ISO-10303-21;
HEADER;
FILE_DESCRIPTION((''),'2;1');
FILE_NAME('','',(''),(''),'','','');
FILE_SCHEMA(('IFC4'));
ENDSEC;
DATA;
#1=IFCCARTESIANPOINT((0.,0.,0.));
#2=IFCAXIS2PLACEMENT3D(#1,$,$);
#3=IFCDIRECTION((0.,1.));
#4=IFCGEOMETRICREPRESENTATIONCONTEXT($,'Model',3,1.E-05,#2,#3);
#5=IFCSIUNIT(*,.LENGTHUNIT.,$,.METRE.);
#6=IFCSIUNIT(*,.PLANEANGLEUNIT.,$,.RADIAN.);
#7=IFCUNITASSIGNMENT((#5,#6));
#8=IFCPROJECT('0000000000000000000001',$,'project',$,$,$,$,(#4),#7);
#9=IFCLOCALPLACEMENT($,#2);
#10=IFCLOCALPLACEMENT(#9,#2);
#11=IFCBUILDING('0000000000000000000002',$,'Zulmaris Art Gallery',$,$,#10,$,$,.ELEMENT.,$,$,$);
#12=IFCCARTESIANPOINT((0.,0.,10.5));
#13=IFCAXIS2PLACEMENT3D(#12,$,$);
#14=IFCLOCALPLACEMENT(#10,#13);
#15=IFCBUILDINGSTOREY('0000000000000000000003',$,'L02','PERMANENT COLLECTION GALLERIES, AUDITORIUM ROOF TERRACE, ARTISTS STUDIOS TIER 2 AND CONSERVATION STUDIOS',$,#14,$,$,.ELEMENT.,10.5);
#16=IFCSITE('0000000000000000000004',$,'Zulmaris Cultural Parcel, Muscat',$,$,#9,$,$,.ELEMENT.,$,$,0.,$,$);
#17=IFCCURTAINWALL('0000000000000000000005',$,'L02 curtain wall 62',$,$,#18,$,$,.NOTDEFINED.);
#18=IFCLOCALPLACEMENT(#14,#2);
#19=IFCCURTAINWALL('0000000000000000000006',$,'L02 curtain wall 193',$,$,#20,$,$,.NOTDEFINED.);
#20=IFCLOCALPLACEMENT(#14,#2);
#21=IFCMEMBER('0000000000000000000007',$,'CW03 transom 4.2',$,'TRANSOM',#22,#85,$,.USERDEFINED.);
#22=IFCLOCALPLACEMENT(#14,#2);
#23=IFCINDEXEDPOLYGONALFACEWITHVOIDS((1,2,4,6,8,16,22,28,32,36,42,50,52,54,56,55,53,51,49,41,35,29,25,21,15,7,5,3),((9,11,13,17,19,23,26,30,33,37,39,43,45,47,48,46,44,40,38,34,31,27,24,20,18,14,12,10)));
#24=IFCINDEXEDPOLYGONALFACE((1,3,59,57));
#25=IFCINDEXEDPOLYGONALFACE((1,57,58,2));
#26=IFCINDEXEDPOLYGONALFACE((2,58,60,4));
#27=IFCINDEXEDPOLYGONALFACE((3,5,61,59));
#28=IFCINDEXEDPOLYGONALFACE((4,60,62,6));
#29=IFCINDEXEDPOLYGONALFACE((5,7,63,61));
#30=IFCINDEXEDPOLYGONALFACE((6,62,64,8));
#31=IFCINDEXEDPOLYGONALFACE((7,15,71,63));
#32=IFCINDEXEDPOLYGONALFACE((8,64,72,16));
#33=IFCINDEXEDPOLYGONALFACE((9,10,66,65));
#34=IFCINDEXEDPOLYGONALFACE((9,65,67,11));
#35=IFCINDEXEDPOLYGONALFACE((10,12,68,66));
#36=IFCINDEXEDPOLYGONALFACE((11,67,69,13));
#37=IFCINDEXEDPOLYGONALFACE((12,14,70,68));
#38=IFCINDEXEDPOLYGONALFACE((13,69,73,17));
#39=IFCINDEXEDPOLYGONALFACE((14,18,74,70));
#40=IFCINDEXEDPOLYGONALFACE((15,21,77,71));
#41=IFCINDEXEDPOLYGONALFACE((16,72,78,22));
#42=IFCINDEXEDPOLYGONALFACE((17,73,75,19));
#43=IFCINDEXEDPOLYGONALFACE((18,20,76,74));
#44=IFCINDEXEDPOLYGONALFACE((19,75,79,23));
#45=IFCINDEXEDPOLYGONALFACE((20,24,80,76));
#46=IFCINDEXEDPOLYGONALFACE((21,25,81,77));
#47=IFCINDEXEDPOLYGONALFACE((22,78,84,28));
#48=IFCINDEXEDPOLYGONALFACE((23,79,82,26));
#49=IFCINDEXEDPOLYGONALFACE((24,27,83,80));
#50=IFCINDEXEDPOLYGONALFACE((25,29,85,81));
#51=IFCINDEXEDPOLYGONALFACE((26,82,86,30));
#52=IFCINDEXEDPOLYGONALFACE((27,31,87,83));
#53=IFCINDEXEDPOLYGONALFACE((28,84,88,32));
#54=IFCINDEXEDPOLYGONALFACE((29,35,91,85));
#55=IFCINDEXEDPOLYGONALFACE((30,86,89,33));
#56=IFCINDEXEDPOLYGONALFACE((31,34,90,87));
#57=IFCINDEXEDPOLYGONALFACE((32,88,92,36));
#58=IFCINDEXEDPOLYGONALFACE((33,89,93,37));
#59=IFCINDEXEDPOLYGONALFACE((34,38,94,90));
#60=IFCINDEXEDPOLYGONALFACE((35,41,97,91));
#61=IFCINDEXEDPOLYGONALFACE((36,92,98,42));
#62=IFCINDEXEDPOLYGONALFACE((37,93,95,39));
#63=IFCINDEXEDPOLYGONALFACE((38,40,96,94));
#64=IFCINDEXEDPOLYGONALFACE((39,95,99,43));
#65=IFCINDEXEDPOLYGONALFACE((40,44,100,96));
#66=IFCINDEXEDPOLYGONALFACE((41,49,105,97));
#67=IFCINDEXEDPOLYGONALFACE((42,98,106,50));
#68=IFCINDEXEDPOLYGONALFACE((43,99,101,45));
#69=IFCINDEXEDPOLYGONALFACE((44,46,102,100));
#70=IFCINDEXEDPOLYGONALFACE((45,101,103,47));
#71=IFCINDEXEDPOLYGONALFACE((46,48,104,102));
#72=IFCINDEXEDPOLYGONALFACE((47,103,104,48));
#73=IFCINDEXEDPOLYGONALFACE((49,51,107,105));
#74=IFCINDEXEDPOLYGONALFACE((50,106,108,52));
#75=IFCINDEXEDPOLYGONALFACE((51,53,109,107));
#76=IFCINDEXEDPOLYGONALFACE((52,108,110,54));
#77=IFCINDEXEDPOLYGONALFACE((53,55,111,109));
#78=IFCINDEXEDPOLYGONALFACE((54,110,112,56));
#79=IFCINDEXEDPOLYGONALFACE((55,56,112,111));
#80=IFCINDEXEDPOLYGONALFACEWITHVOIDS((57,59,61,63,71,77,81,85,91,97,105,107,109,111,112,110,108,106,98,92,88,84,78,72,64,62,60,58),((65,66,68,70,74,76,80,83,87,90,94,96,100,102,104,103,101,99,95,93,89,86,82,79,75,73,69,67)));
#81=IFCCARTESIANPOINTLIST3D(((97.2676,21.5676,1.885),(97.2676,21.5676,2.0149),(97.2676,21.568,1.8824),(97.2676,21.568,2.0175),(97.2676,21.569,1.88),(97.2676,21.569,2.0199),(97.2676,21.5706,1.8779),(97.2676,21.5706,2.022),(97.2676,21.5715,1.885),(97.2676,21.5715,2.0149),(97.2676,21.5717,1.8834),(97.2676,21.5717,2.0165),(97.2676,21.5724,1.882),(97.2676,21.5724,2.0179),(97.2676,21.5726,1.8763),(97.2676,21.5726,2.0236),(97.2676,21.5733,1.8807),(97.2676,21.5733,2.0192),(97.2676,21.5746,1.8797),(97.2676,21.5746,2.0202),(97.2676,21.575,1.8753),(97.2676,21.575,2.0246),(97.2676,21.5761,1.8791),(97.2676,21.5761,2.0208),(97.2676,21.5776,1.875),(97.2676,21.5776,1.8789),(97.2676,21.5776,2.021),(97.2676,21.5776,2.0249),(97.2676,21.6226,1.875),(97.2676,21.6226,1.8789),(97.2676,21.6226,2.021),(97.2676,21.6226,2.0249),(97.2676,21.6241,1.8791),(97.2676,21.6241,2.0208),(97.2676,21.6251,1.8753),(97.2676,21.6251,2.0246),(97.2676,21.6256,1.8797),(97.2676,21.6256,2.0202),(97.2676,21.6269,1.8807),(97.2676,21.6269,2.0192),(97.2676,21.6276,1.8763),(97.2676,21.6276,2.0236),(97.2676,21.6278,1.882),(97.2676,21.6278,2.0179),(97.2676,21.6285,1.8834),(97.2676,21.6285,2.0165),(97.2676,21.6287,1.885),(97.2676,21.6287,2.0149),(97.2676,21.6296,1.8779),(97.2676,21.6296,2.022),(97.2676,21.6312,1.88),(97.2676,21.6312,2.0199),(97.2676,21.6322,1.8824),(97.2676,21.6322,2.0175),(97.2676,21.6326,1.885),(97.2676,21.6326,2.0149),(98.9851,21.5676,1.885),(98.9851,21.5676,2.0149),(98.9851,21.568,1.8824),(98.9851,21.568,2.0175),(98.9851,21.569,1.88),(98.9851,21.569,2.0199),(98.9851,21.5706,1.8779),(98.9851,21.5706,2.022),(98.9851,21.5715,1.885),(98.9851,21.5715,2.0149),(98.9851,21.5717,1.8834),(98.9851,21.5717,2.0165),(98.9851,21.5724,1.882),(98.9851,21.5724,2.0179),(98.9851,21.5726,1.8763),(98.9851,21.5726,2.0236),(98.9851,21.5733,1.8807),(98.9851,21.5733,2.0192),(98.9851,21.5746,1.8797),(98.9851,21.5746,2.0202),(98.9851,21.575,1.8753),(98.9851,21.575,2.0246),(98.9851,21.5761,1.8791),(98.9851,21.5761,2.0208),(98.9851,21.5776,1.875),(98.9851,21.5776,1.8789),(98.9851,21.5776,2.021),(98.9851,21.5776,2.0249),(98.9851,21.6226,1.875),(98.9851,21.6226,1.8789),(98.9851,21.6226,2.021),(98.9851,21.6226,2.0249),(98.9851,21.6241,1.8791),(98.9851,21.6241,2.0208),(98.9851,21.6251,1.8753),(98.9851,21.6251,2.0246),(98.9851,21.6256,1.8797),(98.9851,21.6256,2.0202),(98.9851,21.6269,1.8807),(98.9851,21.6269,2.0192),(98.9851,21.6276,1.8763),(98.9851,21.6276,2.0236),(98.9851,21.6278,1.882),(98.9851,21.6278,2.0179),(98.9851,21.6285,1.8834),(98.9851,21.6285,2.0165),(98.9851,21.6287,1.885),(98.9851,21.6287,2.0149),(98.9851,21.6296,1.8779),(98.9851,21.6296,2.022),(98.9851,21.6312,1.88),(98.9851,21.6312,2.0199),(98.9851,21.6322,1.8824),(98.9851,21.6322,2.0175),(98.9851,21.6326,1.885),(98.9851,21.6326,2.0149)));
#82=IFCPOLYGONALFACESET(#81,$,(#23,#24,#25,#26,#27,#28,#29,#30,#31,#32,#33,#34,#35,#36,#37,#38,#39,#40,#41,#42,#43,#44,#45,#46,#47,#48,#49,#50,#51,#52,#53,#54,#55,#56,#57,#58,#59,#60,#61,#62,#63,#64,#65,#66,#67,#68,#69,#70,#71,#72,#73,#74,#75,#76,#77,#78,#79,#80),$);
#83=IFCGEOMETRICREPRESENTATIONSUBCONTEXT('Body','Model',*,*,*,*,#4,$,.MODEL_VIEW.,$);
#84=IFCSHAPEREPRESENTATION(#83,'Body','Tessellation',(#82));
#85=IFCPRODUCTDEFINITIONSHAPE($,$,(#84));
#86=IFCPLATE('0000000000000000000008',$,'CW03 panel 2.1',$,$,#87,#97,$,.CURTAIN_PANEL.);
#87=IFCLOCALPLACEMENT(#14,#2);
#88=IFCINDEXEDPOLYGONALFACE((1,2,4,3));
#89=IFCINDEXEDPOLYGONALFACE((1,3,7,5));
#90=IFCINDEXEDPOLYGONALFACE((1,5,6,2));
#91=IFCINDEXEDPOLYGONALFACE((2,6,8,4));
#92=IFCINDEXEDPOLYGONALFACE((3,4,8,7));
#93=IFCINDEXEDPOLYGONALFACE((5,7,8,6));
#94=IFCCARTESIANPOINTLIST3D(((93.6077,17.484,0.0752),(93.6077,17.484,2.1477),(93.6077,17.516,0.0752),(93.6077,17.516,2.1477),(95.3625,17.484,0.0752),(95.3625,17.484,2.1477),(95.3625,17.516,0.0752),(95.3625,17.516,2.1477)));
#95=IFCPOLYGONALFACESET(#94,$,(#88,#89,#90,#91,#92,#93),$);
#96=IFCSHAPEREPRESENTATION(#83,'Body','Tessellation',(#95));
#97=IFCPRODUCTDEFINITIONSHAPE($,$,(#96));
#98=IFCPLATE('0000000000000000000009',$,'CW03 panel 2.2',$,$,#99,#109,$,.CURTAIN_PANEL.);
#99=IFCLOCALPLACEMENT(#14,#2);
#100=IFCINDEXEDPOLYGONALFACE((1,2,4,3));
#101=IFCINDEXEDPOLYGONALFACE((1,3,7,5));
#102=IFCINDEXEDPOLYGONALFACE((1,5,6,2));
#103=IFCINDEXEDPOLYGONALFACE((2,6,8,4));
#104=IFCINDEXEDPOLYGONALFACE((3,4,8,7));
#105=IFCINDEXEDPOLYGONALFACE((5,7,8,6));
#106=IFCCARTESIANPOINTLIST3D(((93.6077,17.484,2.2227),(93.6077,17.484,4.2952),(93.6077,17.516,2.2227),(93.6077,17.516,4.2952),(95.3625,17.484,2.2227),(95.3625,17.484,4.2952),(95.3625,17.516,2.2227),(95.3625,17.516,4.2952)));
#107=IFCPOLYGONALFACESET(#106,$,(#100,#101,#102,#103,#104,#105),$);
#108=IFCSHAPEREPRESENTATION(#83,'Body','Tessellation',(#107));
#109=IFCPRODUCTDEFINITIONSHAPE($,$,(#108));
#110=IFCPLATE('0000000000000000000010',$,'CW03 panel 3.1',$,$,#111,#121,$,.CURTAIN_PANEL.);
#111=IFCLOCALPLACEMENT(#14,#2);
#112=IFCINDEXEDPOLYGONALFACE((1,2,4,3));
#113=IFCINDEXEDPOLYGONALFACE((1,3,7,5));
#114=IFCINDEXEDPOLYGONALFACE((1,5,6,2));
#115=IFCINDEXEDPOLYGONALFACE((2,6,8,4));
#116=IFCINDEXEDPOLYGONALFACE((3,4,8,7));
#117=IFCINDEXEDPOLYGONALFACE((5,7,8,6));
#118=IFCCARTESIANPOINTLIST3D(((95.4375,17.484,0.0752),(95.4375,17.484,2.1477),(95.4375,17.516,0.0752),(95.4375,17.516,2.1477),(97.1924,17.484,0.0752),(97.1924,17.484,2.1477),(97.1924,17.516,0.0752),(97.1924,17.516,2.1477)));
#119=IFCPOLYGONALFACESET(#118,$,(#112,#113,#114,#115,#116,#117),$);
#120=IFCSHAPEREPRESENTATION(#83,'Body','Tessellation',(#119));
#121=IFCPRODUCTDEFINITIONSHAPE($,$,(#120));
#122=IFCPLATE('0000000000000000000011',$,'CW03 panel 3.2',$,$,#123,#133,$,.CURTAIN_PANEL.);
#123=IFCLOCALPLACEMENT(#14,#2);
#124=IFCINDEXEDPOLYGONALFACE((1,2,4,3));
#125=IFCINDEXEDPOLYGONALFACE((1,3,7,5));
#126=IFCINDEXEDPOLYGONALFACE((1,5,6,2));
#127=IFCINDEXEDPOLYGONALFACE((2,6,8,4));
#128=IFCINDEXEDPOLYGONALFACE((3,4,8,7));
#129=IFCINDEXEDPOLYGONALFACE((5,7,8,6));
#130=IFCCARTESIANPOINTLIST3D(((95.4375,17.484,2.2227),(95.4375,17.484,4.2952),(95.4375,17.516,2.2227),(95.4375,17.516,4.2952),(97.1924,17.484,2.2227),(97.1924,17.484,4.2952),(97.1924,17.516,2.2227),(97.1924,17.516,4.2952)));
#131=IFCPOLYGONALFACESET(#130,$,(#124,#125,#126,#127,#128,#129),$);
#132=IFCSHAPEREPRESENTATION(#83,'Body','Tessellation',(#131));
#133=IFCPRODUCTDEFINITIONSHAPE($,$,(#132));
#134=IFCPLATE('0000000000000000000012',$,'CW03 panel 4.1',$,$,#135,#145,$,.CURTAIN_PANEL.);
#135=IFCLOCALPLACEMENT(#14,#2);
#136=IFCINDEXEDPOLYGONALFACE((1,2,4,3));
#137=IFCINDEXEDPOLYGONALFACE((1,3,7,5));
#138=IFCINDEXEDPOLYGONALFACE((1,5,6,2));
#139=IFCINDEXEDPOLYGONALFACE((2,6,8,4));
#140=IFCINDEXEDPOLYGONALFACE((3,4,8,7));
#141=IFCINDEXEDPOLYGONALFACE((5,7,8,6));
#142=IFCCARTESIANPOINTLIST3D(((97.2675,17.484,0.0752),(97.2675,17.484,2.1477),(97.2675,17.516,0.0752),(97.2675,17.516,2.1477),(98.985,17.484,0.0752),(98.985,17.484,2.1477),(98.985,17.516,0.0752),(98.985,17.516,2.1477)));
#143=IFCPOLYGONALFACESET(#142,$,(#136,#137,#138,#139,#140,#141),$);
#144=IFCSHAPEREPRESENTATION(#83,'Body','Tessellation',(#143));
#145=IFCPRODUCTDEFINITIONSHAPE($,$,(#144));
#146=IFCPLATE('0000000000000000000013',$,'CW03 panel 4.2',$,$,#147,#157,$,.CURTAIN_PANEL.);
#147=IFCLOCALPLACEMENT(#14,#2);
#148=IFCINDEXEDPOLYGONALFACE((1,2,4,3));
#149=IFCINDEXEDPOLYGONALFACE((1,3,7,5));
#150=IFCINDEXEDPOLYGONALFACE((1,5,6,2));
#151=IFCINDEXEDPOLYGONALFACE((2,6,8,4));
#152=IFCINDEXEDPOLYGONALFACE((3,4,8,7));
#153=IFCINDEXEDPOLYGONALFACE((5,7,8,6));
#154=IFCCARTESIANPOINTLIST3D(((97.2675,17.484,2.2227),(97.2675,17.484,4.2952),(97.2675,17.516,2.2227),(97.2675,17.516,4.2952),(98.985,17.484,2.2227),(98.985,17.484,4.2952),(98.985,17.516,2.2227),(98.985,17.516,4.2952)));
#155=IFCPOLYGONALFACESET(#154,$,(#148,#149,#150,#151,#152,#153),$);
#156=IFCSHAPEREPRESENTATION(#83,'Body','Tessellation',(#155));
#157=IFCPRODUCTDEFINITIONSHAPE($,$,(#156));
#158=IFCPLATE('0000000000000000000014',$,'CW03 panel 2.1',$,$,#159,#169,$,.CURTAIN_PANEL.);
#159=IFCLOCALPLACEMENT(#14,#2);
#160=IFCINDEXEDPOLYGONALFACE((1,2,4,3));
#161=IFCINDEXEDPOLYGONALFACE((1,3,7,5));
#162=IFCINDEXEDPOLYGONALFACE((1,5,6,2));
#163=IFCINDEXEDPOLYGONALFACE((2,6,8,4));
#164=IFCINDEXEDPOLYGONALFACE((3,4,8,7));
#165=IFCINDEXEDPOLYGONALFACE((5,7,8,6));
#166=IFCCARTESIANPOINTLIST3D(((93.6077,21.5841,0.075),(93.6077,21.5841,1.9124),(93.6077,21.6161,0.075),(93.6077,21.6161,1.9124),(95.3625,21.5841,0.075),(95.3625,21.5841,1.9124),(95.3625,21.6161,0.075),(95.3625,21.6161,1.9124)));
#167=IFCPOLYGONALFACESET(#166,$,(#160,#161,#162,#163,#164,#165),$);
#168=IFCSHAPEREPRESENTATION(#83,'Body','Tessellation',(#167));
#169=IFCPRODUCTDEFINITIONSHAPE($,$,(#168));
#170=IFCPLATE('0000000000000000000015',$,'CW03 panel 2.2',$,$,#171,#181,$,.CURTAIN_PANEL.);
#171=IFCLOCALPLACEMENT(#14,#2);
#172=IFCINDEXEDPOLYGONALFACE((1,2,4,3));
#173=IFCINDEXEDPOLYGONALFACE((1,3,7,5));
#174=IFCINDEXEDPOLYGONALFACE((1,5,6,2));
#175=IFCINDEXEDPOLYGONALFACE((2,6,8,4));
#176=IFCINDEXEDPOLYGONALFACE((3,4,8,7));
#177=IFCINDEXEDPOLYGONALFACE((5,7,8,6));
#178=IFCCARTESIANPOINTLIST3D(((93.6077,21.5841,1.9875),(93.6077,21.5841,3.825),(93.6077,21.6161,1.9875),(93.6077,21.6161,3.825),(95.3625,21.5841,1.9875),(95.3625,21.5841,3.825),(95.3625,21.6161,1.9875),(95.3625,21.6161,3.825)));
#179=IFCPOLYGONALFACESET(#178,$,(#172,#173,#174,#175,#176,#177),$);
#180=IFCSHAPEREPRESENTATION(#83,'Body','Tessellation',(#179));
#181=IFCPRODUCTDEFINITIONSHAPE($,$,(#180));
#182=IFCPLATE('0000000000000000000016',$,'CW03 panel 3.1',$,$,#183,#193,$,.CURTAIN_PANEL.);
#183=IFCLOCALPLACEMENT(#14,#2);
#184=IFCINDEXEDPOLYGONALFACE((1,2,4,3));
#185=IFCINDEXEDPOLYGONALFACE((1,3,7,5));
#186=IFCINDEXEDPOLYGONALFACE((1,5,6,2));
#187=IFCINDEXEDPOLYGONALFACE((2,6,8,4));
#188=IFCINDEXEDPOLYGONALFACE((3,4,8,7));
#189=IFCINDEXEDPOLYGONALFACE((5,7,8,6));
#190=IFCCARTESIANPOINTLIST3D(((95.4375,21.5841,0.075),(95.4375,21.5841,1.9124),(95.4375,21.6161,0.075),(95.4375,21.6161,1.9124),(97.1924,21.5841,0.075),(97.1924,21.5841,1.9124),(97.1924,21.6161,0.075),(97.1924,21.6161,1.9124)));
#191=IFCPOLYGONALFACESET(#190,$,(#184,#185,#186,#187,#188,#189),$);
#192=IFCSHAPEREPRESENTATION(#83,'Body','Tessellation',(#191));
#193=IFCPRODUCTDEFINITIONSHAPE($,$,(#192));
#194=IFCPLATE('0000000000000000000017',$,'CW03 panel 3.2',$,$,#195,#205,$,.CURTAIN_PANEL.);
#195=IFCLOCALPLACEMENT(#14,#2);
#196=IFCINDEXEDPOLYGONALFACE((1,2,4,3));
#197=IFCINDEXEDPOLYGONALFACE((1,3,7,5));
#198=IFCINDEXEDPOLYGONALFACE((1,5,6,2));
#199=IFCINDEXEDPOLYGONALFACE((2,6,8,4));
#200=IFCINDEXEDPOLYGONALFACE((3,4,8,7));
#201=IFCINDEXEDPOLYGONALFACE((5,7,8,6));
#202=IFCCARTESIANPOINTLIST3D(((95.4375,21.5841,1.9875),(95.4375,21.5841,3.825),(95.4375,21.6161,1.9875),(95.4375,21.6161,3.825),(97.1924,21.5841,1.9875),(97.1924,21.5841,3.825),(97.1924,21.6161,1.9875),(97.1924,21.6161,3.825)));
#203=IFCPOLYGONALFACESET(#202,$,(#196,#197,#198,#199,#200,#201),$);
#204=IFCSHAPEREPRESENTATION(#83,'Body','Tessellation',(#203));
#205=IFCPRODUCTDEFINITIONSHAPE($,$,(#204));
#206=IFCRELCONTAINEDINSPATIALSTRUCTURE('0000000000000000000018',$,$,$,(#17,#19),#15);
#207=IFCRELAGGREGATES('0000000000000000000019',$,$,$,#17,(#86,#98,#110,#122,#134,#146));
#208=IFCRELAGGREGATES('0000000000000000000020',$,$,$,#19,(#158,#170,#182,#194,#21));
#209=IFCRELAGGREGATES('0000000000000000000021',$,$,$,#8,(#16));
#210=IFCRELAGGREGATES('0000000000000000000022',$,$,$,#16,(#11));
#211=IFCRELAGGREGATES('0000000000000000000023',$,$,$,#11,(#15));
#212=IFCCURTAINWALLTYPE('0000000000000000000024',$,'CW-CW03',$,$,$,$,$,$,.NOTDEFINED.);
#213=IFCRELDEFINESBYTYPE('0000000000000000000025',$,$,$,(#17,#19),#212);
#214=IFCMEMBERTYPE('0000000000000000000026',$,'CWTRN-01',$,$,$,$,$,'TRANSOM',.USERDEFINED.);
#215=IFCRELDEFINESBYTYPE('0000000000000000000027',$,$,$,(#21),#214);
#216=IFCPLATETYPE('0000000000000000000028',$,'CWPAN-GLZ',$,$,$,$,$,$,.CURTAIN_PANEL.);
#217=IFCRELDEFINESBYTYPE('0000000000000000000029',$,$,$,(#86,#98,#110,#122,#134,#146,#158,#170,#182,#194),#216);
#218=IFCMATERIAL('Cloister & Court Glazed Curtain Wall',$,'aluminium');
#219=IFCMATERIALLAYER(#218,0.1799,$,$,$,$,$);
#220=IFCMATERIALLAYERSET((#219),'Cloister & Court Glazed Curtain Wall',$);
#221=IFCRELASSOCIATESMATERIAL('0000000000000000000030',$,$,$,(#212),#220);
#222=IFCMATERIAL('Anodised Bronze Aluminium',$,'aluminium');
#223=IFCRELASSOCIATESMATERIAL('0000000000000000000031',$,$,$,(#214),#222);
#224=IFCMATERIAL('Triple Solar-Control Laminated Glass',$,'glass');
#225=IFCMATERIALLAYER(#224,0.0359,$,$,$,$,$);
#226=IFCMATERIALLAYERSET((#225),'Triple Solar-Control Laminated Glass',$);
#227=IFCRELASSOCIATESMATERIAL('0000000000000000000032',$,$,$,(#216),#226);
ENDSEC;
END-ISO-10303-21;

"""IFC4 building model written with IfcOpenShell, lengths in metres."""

from ifc_helpers import new_model, si_unit, direction, frame, origin, origin_2d, place, context, subcontext, project, spatial, rectangle, hollow_rectangle, extrude, material, layer, layer_set, material_profile, profile_set, type_object, element, aggregate, save


model = new_model("IFC4")

# Units and contexts
model_context = context("Model", 3, precision=1e-05, world=origin(), true_north=direction((0.0, 1.0)))
body_context = subcontext(model_context, "Body", "Model", "MODEL_VIEW")
ifc_project = project(units=[si_unit("LENGTHUNIT", "METRE"), si_unit("PLANEANGLEUNIT", "RADIAN")], contexts=[model_context])

# Site, building, storey
site_placement = place(None, origin())
site = spatial("IfcSite", under=ifc_project, at=site_placement, Name="Zulmaris Cultural Parcel, Muscat", CompositionType="ELEMENT", RefElevation=0.0)
building_placement = place(site_placement, origin())
building = spatial("IfcBuilding", under=site, at=building_placement, Name="Zulmaris Art Gallery", CompositionType="ELEMENT")
storey_placement = place(building_placement, frame((0.0, 0.0, 10.5)))
storey = spatial("IfcBuildingStorey", under=building, at=storey_placement, Name="L02", Description="PERMANENT COLLECTION GALLERIES, AUDITORIUM ROOF TERRACE, ARTISTS STUDIOS TIER 2 AND CONSERVATION STUDIOS", CompositionType="ELEMENT", Elevation=10.5)

# Curtain walls
ifc_material_1 = material(Name="Cloister & Court Glazed Curtain Wall", Category="aluminium")
ifc_layer_1 = layer(ifc_material_1, 0.1799)
ifc_layer_set_1 = layer_set([ifc_layer_1], Name="Cloister & Court Glazed Curtain Wall")
curtain_wall_type = type_object("IfcCurtainWallType", Name="CW-CW03", PredefinedType="NOTDEFINED", material=ifc_layer_set_1)
curtain_wall_1_placement = place(storey_placement, origin())
curtain_wall_1 = element("IfcCurtainWall", 1, at=curtain_wall_1_placement, inside=storey, type_object=curtain_wall_type, Name="L02 curtain wall 62", PredefinedType="NOTDEFINED")
ifc_material_2 = material(Name="Anodised Bronze Aluminium", Category="aluminium")
curtain_wall_2_placement = place(storey_placement, origin())
curtain_wall_2 = element("IfcCurtainWall", 2, at=curtain_wall_2_placement, inside=storey, type_object=curtain_wall_type, Name="L02 curtain wall 193", PredefinedType="NOTDEFINED")

# Member
ifc_material_profile_1 = material_profile(ifc_material_2, hollow_rectangle(XDim=0.0649, YDim=0.1499, WallThickness=0.0039, InnerFilletRadius=0.0061, OuterFilletRadius=0.01, at=origin_2d()), Name="ALU 65x150x4")
ifc_profile_set_1 = profile_set([ifc_material_profile_1], Name="Anodised Bronze Aluminium")
member_type_1 = type_object("IfcMemberType", Name="CWTRN-01", ElementType="TRANSOM", PredefinedType="USERDEFINED", material=ifc_profile_set_1)
member_1_placement = place(storey_placement, frame((97.2676, 21.6001, 1.95), z_axis=(1.0, 0.0, 0.0), x_axis=(0.0, 1.0, 0.0)))
member_1 = element("IfcMember", 3, at=member_1_placement, type_object=member_type_1, Name="CW03 transom 4.2", ObjectType="TRANSOM", PredefinedType="USERDEFINED", context=body_context, shape_type="SweptSolid", body=[
    extrude(hollow_rectangle(XDim=0.0649, YDim=0.1499, WallThickness=0.0039, InnerFilletRadius=0.0061, OuterFilletRadius=0.01, at=origin_2d()), origin(), (0.0, 0.0, 1.0), 1.7175),
])

# Plates
ifc_material_3 = material(Name="Triple Solar-Control Laminated Glass", Category="glass")
ifc_layer_2 = layer(ifc_material_3, 0.0359)
ifc_layer_set_2 = layer_set([ifc_layer_2], Name="Triple Solar-Control Laminated Glass")
plate_type = type_object("IfcPlateType", Name="CWPAN-GLZ", PredefinedType="CURTAIN_PANEL", material=ifc_layer_set_2)
plate_1_placement = place(storey_placement, frame((94.4851, 17.5, 0.0752), z_axis=(0.0, 0.0, 1.0), x_axis=(1.0, 0.0, 0.0)))
plate_1 = element("IfcPlate", 4, at=plate_1_placement, type_object=plate_type, Name="CW03 panel 2.1", PredefinedType="CURTAIN_PANEL", context=body_context, shape_type="SweptSolid", body=[
    extrude(rectangle(XDim=1.7549, YDim=0.032, at=origin_2d()), origin(), (0.0, 0.0, 1.0), 2.0725),
])
plate_2_placement = place(storey_placement, frame((94.4851, 17.5, 2.2227), z_axis=(0.0, 0.0, 1.0), x_axis=(1.0, 0.0, 0.0)))
plate_2 = element("IfcPlate", 5, at=plate_2_placement, type_object=plate_type, Name="CW03 panel 2.2", PredefinedType="CURTAIN_PANEL", context=body_context, shape_type="SweptSolid", body=[
    extrude(rectangle(XDim=1.7549, YDim=0.032, at=origin_2d()), origin(), (0.0, 0.0, 1.0), 2.0725),
])
plate_3_placement = place(storey_placement, frame((96.3149, 17.5, 0.0752), z_axis=(0.0, 0.0, 1.0), x_axis=(1.0, 0.0, 0.0)))
plate_3 = element("IfcPlate", 6, at=plate_3_placement, type_object=plate_type, Name="CW03 panel 3.1", PredefinedType="CURTAIN_PANEL", context=body_context, shape_type="SweptSolid", body=[
    extrude(rectangle(XDim=1.7549, YDim=0.032, at=origin_2d()), origin(), (0.0, 0.0, 1.0), 2.0725),
])
plate_4_placement = place(storey_placement, frame((96.3149, 17.5, 2.2227), z_axis=(0.0, 0.0, 1.0), x_axis=(1.0, 0.0, 0.0)))
plate_4 = element("IfcPlate", 7, at=plate_4_placement, type_object=plate_type, Name="CW03 panel 3.2", PredefinedType="CURTAIN_PANEL", context=body_context, shape_type="SweptSolid", body=[
    extrude(rectangle(XDim=1.7549, YDim=0.032, at=origin_2d()), origin(), (0.0, 0.0, 1.0), 2.0725),
])
plate_5_placement = place(storey_placement, frame((98.1262, 17.5, 0.0752), z_axis=(0.0, 0.0, 1.0), x_axis=(1.0, 0.0, 0.0)))
plate_5 = element("IfcPlate", 8, at=plate_5_placement, type_object=plate_type, Name="CW03 panel 4.1", PredefinedType="CURTAIN_PANEL", context=body_context, shape_type="SweptSolid", body=[
    extrude(rectangle(XDim=1.7175, YDim=0.032, at=origin_2d()), origin(), (0.0, 0.0, 1.0), 2.0725),
])
plate_6_placement = place(storey_placement, frame((98.1262, 17.5, 2.2227), z_axis=(0.0, 0.0, 1.0), x_axis=(1.0, 0.0, 0.0)))
plate_6 = element("IfcPlate", 9, at=plate_6_placement, type_object=plate_type, Name="CW03 panel 4.2", PredefinedType="CURTAIN_PANEL", context=body_context, shape_type="SweptSolid", body=[
    extrude(rectangle(XDim=1.7175, YDim=0.032, at=origin_2d()), origin(), (0.0, 0.0, 1.0), 2.0725),
])
aggregate(curtain_wall_1, [plate_1, plate_2, plate_3, plate_4, plate_5, plate_6])
plate_7_placement = place(storey_placement, frame((94.4851, 21.6001, 0.075), z_axis=(0.0, 0.0, 1.0), x_axis=(1.0, 0.0, 0.0)))
plate_7 = element("IfcPlate", 10, at=plate_7_placement, type_object=plate_type, Name="CW03 panel 2.1", PredefinedType="CURTAIN_PANEL", context=body_context, shape_type="SweptSolid", body=[
    extrude(rectangle(XDim=1.7549, YDim=0.032, at=origin_2d()), origin(), (0.0, 0.0, 1.0), 1.8374),
])
plate_8_placement = place(storey_placement, frame((94.4851, 21.6001, 1.9875), z_axis=(0.0, 0.0, 1.0), x_axis=(1.0, 0.0, 0.0)))
plate_8 = element("IfcPlate", 11, at=plate_8_placement, type_object=plate_type, Name="CW03 panel 2.2", PredefinedType="CURTAIN_PANEL", context=body_context, shape_type="SweptSolid", body=[
    extrude(rectangle(XDim=1.7549, YDim=0.032, at=origin_2d()), origin(), (0.0, 0.0, 1.0), 1.8374),
])
plate_9_placement = place(storey_placement, frame((96.3149, 21.6001, 0.075), z_axis=(0.0, 0.0, 1.0), x_axis=(1.0, 0.0, 0.0)))
plate_9 = element("IfcPlate", 12, at=plate_9_placement, type_object=plate_type, Name="CW03 panel 3.1", PredefinedType="CURTAIN_PANEL", context=body_context, shape_type="SweptSolid", body=[
    extrude(rectangle(XDim=1.7549, YDim=0.032, at=origin_2d()), origin(), (0.0, 0.0, 1.0), 1.8374),
])
plate_10_placement = place(storey_placement, frame((96.3149, 21.6001, 1.9875), z_axis=(0.0, 0.0, 1.0), x_axis=(1.0, 0.0, 0.0)))
plate_10 = element("IfcPlate", 13, at=plate_10_placement, type_object=plate_type, Name="CW03 panel 3.2", PredefinedType="CURTAIN_PANEL", context=body_context, shape_type="SweptSolid", body=[
    extrude(rectangle(XDim=1.7549, YDim=0.032, at=origin_2d()), origin(), (0.0, 0.0, 1.0), 1.8374),
])
aggregate(curtain_wall_2, [plate_7, plate_8, plate_9, plate_10, member_1])

save(model, "model.ifc")
